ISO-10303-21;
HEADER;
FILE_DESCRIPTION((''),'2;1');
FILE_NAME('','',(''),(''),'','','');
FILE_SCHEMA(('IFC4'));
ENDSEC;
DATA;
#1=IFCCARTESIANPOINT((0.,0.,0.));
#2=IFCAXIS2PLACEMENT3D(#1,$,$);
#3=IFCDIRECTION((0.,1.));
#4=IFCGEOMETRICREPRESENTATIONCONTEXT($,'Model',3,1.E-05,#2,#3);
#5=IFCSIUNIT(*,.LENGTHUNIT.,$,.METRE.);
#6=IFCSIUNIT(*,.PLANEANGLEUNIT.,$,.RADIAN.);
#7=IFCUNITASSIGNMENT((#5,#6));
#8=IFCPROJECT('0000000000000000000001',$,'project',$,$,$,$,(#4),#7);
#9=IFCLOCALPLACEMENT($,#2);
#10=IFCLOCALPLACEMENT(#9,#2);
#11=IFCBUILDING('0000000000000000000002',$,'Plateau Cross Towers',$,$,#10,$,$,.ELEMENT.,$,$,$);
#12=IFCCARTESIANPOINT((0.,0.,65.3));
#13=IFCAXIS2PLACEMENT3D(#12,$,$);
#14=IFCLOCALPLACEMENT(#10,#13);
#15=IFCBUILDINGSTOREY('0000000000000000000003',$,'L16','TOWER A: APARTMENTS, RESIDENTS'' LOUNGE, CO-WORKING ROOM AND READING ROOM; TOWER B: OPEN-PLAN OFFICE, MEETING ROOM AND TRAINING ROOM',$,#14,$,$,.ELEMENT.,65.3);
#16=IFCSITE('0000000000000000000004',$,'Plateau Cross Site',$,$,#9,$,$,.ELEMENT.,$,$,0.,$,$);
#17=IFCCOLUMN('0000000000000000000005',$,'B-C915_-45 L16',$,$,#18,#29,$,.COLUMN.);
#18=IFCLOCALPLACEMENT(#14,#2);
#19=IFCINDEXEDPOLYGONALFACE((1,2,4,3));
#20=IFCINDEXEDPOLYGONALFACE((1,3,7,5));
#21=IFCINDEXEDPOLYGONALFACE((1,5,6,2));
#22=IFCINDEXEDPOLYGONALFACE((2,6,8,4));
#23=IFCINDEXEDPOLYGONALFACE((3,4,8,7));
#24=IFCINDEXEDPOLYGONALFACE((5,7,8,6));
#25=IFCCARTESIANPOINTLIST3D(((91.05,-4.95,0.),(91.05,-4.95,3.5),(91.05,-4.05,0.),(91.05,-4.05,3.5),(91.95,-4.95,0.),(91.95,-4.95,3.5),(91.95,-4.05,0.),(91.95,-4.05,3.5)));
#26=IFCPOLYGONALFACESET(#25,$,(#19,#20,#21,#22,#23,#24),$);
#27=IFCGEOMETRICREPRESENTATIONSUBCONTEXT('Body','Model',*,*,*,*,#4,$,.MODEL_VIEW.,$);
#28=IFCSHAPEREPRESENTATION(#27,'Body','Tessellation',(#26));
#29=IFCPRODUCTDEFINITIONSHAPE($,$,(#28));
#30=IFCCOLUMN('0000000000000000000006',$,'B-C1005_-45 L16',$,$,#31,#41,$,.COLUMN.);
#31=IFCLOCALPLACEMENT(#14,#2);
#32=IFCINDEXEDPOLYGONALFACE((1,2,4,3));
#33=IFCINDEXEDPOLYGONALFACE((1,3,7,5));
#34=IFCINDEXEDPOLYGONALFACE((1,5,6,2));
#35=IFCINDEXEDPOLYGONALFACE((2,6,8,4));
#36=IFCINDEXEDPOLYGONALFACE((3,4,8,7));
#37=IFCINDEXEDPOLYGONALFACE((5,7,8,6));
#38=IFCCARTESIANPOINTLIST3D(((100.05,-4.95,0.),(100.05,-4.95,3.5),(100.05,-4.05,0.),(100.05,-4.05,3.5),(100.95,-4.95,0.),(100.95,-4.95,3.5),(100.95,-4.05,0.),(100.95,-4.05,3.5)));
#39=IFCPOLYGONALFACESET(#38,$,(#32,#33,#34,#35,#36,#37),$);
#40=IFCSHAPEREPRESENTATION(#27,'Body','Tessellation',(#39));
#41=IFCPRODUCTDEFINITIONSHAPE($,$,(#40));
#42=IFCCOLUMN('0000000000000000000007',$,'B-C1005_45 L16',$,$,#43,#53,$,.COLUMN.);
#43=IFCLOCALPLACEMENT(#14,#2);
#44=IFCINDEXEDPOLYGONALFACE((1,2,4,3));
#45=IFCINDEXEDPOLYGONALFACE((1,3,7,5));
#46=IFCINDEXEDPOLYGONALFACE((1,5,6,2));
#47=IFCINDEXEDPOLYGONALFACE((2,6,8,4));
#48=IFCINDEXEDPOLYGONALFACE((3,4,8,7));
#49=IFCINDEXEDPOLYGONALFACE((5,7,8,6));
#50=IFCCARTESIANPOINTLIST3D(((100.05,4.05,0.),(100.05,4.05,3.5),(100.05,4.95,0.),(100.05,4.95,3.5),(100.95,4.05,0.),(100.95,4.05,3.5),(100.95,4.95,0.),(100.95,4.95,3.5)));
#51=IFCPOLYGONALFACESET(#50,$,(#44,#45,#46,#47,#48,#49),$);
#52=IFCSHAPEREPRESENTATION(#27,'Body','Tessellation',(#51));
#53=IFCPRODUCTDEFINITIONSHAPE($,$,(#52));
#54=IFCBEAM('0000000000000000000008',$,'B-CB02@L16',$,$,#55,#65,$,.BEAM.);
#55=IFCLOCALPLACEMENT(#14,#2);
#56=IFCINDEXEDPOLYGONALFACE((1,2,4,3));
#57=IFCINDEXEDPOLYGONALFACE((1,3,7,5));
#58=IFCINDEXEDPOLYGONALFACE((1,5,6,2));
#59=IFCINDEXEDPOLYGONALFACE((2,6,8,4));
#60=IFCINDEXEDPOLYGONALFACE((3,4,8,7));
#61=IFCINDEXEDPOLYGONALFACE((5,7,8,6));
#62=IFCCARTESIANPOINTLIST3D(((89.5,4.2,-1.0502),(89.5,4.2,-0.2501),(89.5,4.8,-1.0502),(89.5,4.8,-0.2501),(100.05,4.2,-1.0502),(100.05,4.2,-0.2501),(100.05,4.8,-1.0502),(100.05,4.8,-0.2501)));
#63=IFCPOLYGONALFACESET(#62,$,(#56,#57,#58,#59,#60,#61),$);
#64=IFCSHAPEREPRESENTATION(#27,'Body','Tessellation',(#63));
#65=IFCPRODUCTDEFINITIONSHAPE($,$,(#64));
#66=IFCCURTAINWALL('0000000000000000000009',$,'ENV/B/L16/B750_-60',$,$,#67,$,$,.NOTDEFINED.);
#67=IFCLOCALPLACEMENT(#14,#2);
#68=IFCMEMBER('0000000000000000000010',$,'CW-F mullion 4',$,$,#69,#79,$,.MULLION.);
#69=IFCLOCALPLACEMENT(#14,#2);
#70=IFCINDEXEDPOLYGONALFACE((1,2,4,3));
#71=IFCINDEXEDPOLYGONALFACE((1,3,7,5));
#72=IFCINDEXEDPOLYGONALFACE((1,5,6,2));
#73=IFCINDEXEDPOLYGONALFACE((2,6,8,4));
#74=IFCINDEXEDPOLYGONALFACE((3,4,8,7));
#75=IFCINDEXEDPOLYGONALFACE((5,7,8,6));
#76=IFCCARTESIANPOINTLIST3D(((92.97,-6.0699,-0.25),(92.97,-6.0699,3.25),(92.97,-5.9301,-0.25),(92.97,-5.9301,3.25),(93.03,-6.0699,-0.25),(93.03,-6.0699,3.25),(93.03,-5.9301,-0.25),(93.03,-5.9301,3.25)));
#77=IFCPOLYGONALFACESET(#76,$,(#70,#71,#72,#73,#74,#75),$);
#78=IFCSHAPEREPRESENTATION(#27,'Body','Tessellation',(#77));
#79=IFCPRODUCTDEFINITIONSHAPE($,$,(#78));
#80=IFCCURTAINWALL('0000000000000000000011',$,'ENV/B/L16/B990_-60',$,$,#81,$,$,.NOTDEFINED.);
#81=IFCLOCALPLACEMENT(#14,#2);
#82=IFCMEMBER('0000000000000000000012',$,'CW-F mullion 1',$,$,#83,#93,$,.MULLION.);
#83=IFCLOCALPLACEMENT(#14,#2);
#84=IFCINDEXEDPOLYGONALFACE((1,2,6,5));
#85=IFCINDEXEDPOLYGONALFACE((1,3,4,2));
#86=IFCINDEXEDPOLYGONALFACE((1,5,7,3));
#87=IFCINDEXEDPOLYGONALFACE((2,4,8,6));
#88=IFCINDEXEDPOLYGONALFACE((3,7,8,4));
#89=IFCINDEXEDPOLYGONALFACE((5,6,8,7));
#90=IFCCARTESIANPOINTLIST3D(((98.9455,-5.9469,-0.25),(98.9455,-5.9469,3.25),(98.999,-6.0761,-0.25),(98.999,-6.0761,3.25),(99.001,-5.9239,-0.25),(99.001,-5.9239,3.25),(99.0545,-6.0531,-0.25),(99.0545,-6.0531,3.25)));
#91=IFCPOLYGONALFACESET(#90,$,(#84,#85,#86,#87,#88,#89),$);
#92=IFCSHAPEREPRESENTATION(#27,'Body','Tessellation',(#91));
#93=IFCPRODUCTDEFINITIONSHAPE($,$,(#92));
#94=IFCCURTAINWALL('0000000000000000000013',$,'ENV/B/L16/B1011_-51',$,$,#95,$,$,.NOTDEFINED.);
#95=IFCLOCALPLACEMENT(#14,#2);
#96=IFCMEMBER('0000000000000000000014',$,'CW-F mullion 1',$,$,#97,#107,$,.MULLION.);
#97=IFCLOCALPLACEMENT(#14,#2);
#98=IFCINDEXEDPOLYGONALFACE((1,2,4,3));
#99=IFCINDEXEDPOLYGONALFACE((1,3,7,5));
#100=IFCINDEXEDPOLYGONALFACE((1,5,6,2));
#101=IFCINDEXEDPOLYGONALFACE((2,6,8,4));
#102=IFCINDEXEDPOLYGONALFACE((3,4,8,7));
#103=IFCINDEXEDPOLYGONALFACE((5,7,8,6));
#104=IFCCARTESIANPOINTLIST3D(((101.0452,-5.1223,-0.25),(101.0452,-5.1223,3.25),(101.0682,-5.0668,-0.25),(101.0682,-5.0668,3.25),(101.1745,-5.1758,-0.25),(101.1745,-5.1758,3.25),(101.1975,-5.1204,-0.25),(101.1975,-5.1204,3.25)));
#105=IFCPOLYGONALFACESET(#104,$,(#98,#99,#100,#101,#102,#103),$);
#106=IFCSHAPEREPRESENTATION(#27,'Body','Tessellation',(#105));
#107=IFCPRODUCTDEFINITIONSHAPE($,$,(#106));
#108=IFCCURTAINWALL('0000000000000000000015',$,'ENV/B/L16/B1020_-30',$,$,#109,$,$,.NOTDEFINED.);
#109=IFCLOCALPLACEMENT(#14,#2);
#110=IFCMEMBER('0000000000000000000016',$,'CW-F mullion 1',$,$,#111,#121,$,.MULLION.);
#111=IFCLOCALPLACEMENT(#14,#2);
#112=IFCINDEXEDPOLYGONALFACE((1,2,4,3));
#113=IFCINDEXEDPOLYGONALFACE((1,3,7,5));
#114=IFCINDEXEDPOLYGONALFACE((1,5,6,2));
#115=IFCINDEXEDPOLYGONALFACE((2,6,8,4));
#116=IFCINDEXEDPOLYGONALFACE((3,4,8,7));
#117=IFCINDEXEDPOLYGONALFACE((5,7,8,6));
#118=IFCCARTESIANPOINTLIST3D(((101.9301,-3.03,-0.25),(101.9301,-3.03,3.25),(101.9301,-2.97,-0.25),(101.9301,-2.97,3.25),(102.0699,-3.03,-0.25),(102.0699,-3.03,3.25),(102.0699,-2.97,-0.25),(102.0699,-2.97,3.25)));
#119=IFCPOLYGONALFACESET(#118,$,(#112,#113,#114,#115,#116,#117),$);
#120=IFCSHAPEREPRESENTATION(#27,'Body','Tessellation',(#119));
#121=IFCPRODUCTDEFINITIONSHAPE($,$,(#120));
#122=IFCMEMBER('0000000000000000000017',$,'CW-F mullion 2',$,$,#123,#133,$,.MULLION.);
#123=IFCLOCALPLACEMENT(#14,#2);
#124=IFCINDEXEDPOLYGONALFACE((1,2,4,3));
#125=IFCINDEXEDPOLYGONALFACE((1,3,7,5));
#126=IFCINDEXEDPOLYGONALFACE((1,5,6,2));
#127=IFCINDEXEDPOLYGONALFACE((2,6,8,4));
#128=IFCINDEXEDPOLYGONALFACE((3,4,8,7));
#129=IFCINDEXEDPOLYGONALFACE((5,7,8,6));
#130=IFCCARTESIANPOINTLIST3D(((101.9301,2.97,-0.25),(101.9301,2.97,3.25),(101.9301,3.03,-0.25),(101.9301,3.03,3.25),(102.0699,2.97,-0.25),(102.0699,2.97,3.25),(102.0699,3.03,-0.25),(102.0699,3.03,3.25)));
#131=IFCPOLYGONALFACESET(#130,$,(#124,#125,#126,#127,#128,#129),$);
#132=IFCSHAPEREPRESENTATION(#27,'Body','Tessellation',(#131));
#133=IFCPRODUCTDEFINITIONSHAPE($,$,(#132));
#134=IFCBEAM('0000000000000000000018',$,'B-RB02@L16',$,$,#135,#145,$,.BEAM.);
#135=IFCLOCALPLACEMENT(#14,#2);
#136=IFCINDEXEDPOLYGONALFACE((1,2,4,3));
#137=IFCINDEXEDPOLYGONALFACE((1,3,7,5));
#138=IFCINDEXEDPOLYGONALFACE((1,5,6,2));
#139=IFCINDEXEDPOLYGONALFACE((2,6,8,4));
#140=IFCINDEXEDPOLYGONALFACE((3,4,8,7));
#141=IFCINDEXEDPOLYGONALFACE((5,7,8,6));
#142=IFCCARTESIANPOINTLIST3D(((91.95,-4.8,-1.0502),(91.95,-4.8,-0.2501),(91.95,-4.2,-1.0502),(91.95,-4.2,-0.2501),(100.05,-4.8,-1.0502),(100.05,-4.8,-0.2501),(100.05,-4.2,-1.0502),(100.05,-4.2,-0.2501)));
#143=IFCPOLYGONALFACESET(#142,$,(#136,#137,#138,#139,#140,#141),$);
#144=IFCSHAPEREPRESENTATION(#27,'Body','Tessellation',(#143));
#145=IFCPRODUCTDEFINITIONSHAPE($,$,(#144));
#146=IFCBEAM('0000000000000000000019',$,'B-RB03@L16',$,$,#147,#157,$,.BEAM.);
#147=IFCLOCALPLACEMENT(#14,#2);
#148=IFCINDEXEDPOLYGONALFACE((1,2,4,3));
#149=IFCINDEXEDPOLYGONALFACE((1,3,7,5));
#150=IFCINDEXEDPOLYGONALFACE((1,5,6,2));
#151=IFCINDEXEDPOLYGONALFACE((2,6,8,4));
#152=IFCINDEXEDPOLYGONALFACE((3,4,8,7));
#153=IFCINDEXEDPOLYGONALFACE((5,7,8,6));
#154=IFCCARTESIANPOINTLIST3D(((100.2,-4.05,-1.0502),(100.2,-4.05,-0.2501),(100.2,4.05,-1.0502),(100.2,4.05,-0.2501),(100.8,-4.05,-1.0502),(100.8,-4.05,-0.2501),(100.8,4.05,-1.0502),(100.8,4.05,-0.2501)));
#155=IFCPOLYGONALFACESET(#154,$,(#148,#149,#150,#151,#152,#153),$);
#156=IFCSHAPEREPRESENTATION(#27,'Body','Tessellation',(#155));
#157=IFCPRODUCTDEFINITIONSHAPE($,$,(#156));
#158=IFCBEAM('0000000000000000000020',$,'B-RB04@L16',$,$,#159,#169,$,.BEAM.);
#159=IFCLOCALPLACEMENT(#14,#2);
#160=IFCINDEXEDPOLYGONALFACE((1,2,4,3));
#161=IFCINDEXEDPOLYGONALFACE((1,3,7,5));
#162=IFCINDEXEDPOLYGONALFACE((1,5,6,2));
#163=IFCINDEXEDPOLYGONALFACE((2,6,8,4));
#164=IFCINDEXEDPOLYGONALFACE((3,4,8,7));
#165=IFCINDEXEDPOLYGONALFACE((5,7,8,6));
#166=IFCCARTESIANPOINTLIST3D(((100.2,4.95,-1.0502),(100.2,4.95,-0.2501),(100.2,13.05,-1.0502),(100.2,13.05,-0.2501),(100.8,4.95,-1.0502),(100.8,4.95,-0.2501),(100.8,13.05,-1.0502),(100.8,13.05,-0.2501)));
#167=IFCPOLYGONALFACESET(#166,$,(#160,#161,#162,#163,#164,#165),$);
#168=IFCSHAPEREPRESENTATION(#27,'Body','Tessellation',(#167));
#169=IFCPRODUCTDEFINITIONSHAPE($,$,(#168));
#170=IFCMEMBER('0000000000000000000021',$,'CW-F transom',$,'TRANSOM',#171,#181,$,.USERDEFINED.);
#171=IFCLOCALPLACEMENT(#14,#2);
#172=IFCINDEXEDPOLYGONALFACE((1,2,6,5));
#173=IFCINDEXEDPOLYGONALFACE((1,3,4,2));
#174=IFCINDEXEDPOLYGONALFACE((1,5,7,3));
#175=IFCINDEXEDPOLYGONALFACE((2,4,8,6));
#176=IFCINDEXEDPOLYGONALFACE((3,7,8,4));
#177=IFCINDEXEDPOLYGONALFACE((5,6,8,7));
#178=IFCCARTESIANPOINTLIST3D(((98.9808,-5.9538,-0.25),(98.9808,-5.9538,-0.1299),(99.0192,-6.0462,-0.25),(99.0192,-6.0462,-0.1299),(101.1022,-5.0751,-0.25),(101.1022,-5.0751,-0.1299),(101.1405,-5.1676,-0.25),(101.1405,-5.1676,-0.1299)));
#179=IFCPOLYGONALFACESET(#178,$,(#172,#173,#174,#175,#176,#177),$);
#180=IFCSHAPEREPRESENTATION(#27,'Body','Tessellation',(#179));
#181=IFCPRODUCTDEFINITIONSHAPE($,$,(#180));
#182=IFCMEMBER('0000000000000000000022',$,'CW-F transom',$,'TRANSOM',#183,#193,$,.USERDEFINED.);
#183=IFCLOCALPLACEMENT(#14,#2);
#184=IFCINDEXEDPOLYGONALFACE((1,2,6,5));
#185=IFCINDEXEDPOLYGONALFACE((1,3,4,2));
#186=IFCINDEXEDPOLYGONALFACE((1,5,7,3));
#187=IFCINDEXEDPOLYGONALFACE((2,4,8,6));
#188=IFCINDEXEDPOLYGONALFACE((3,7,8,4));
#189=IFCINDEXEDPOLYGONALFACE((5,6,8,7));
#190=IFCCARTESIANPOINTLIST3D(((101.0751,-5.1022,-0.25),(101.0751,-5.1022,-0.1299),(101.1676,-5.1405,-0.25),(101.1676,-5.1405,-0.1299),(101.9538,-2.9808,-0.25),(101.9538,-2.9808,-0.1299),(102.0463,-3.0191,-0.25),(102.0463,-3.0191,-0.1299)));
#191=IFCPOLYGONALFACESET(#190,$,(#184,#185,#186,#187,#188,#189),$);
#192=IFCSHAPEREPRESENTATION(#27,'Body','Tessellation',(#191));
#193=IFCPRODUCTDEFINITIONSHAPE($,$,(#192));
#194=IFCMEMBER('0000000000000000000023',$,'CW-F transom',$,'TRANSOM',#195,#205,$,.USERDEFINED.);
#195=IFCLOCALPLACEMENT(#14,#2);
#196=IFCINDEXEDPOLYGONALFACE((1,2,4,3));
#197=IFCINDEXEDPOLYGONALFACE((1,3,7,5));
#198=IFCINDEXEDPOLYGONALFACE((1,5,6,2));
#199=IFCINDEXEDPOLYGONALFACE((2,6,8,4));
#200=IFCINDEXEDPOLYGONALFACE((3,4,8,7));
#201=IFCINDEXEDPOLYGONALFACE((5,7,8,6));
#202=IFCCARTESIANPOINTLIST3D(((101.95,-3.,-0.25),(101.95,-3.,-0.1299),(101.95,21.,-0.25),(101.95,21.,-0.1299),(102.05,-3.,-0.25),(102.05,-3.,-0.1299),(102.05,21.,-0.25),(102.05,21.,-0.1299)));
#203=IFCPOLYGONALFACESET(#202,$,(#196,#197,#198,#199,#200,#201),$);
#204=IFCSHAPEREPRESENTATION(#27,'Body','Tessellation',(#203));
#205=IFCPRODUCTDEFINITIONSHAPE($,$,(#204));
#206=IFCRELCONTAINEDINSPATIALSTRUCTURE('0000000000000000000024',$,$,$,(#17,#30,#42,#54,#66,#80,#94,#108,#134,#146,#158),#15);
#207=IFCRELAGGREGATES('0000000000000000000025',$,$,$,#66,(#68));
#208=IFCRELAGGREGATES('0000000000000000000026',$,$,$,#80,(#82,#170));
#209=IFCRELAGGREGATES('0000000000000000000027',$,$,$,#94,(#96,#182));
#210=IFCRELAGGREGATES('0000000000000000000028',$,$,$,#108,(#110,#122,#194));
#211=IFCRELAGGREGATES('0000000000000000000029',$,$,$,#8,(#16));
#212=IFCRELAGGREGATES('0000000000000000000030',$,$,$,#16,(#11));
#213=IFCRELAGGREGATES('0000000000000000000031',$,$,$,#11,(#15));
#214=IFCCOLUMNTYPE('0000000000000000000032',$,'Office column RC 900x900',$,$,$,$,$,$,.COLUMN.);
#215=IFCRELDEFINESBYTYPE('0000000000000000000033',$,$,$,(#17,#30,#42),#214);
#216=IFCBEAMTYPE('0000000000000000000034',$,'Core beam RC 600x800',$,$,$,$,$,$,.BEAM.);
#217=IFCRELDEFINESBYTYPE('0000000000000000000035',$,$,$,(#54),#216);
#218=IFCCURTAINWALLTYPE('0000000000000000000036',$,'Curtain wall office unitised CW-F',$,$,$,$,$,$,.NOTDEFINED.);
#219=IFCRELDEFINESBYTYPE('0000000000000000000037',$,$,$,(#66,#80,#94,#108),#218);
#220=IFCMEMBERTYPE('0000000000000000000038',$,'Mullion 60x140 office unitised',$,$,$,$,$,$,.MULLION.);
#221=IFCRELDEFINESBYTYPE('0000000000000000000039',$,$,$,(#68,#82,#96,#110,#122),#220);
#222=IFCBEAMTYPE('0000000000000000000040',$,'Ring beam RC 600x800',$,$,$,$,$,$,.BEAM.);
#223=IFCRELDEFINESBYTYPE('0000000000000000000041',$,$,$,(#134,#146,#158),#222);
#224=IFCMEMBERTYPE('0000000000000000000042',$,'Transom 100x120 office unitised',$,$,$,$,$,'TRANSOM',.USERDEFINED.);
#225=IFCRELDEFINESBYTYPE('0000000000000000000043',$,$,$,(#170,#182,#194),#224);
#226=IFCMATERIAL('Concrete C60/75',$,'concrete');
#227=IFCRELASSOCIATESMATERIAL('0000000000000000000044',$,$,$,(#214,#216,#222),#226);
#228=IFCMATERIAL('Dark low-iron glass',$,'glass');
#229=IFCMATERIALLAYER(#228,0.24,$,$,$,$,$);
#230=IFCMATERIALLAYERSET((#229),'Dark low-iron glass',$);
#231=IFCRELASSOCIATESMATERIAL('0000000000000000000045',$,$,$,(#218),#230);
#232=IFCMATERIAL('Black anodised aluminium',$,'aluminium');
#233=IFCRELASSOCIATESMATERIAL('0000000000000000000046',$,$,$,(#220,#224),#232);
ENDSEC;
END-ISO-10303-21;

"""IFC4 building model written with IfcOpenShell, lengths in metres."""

from ifc_helpers import new_model, si_unit, direction, frame, origin, origin_2d, place, context, subcontext, project, spatial, rectangle, extrude, material, layer, layer_set, material_profile, profile_set, type_object, element, aggregate, save


model = new_model("IFC4")

# Units and contexts
model_context = context("Model", 3, precision=1e-05, world=origin(), true_north=direction((0.0, 1.0)))
body_context = subcontext(model_context, "Body", "Model", "MODEL_VIEW")
ifc_project = project(units=[si_unit("LENGTHUNIT", "METRE"), si_unit("PLANEANGLEUNIT", "RADIAN")], contexts=[model_context])

# Site, building, storey
site_placement = place(None, origin())
site = spatial("IfcSite", under=ifc_project, at=site_placement, Name="Plateau Cross Site", CompositionType="ELEMENT", RefElevation=0.0)
building_placement = place(site_placement, origin())
building = spatial("IfcBuilding", under=site, at=building_placement, Name="Plateau Cross Towers", CompositionType="ELEMENT")
storey_placement = place(building_placement, frame((0.0, 0.0, 65.3)))
storey = spatial("IfcBuildingStorey", under=building, at=storey_placement, Name="L16", Description="TOWER A: APARTMENTS, RESIDENTS' LOUNGE, CO-WORKING ROOM AND READING ROOM; TOWER B: OPEN-PLAN OFFICE, MEETING ROOM AND TRAINING ROOM", CompositionType="ELEMENT", Elevation=65.3)

# Columns
ifc_material_1 = material(Name="Concrete C60/75", Category="concrete")
ifc_material_profile_1 = material_profile(ifc_material_1, rectangle(XDim=0.8999, YDim=0.8999, at=origin_2d()), Name="RC 900x900")
ifc_profile_set_1 = profile_set([ifc_material_profile_1], Name="Concrete C60/75")
column_type = type_object("IfcColumnType", Name="Office column RC 900x900", PredefinedType="COLUMN", material=ifc_profile_set_1)
for number, where, z_axis, x_axis, name in (
    (1, (91.5, -4.5, 0.0), (0.0, 0.0, 1.0), (1.0, 0.0, 0.0), "B-C915_-45 L16"),
    (2, (100.5, -4.5, 0.0), (0.0, 0.0, 1.0), (1.0, 0.0, 0.0), "B-C1005_-45 L16"),
    (3, (100.5, 4.5, 0.0), (0.0, 0.0, 1.0), (1.0, 0.0, 0.0), "B-C1005_45 L16"),
):
    element("IfcColumn", number, at=place(storey_placement, frame(where, z_axis=z_axis, x_axis=x_axis)), inside=storey, type_object=column_type, Name=name, PredefinedType="COLUMN", context=body_context, shape_type="SweptSolid", body=[
        extrude(rectangle(XDim=0.8999, YDim=0.8999, at=origin_2d()), origin(), (0.0, 0.0, 1.0), 3.5),
    ])

# Beam
ifc_material_profile_2 = material_profile(ifc_material_1, rectangle(XDim=0.6001, YDim=0.8, at=origin_2d()), Name="RC 600x800")
ifc_profile_set_2 = profile_set([ifc_material_profile_2], Name="Concrete C60/75")
beam_type_1 = type_object("IfcBeamType", Name="Core beam RC 600x800", PredefinedType="BEAM", material=ifc_profile_set_2)
beam_placement = place(storey_placement, frame((89.5, 4.5, -0.6501), z_axis=(1.0, 0.0, 0.0), x_axis=(0.0, 1.0, 0.0)))
element("IfcBeam", 4, at=beam_placement, inside=storey, type_object=beam_type_1, Name="B-CB02@L16", PredefinedType="BEAM", context=body_context, shape_type="SweptSolid", body=[
    extrude(rectangle(XDim=0.6001, YDim=0.8, at=origin_2d()), origin(), (0.0, 0.0, 1.0), 10.55),
])

# Curtain walls, members
ifc_material_2 = material(Name="Dark low-iron glass", Category="glass")
ifc_layer_1 = layer(ifc_material_2, 0.24)
ifc_layer_set_1 = layer_set([ifc_layer_1], Name="Dark low-iron glass")
curtain_wall_type = type_object("IfcCurtainWallType", Name="Curtain wall office unitised CW-F", PredefinedType="NOTDEFINED", material=ifc_layer_set_1)
curtain_wall_1_placement = place(storey_placement, origin())
curtain_wall_1 = element("IfcCurtainWall", 5, at=curtain_wall_1_placement, inside=storey, type_object=curtain_wall_type, Name="ENV/B/L16/B750_-60", PredefinedType="NOTDEFINED")
ifc_material_3 = material(Name="Black anodised aluminium", Category="aluminium")
ifc_material_profile_3 = material_profile(ifc_material_3, rectangle(XDim=0.0601, YDim=0.1399, at=origin_2d()), Name="MULLION 60x140")
ifc_profile_set_3 = profile_set([ifc_material_profile_3], Name="Black anodised aluminium")
member_type_1 = type_object("IfcMemberType", Name="Mullion 60x140 office unitised", PredefinedType="MULLION", material=ifc_profile_set_3)
member_1_placement = place(storey_placement, frame((93.0, -6.0, -0.25), z_axis=(0.0, 0.0, 1.0), x_axis=(1.0, 0.0, 0.0)))
member_1 = element("IfcMember", 6, at=member_1_placement, type_object=member_type_1, Name="CW-F mullion 4", PredefinedType="MULLION", context=body_context, shape_type="SweptSolid", body=[
    extrude(rectangle(XDim=0.0601, YDim=0.1399, at=origin_2d()), origin(), (0.0, 0.0, 1.0), 3.5),
])
curtain_wall_2_placement = place(storey_placement, origin())
curtain_wall_2 = element("IfcCurtainWall", 7, at=curtain_wall_2_placement, inside=storey, type_object=curtain_wall_type, Name="ENV/B/L16/B990_-60", PredefinedType="NOTDEFINED")
member_2_placement = place(storey_placement, frame((99.0, -6.0, -0.25), z_axis=(0.0, 0.0, 1.0), x_axis=(0.923879, 0.382684, 0.0)))
member_2 = element("IfcMember", 8, at=member_2_placement, type_object=member_type_1, Name="CW-F mullion 1", PredefinedType="MULLION", context=body_context, shape_type="SweptSolid", body=[
    extrude(rectangle(XDim=0.0601, YDim=0.1399, at=origin_2d()), origin(), (0.0, 0.0, 1.0), 3.5),
])
curtain_wall_3_placement = place(storey_placement, origin())
curtain_wall_3 = element("IfcCurtainWall", 9, at=curtain_wall_3_placement, inside=storey, type_object=curtain_wall_type, Name="ENV/B/L16/B1011_-51", PredefinedType="NOTDEFINED")
member_3_placement = place(storey_placement, frame((101.1213, -5.1213, -0.25), z_axis=(0.0, 0.0, 1.0), x_axis=(0.382684, 0.923879, 0.0)))
member_3 = element("IfcMember", 10, at=member_3_placement, type_object=member_type_1, Name="CW-F mullion 1", PredefinedType="MULLION", context=body_context, shape_type="SweptSolid", body=[
    extrude(rectangle(XDim=0.0601, YDim=0.1399, at=origin_2d()), origin(), (0.0, 0.0, 1.0), 3.5),
])

# Curtain wall, members
curtain_wall_4_placement = place(storey_placement, origin())
curtain_wall_4 = element("IfcCurtainWall", 11, at=curtain_wall_4_placement, inside=storey, type_object=curtain_wall_type, Name="ENV/B/L16/B1020_-30", PredefinedType="NOTDEFINED")
member_4_placement = place(storey_placement, frame((102.0, -3.0, -0.25), z_axis=(0.0, 0.0, 1.0), x_axis=(0.0, 1.0, 0.0)))
member_4 = element("IfcMember", 12, at=member_4_placement, type_object=member_type_1, Name="CW-F mullion 1", PredefinedType="MULLION", context=body_context, shape_type="SweptSolid", body=[
    extrude(rectangle(XDim=0.0601, YDim=0.1399, at=origin_2d()), origin(), (0.0, 0.0, 1.0), 3.5),
])
member_5_placement = place(storey_placement, frame((102.0, 3.0, -0.25), z_axis=(0.0, 0.0, 1.0), x_axis=(0.0, 1.0, 0.0)))
member_5 = element("IfcMember", 13, at=member_5_placement, type_object=member_type_1, Name="CW-F mullion 2", PredefinedType="MULLION", context=body_context, shape_type="SweptSolid", body=[
    extrude(rectangle(XDim=0.0601, YDim=0.1399, at=origin_2d()), origin(), (0.0, 0.0, 1.0), 3.5),
])

# Beams
ifc_material_profile_4 = material_profile(ifc_material_1, rectangle(XDim=0.6001, YDim=0.8, at=origin_2d()), Name="RC 600x800")
ifc_profile_set_4 = profile_set([ifc_material_profile_4], Name="Concrete C60/75")
beam_type_2 = type_object("IfcBeamType", Name="Ring beam RC 600x800", PredefinedType="BEAM", material=ifc_profile_set_4)
for number, where, z_axis, x_axis, name in (
    (14, (91.95, -4.5, -0.6501), (1.0, 0.0, 0.0), (0.0, 1.0, 0.0), "B-RB02@L16"),
    (15, (100.5, -4.05, -0.6501), (0.0, 1.0, 0.0), (-1.0, 0.0, 0.0), "B-RB03@L16"),
    (16, (100.5, 4.95, -0.6501), (0.0, 1.0, 0.0), (-1.0, 0.0, 0.0), "B-RB04@L16"),
):
    element("IfcBeam", number, at=place(storey_placement, frame(where, z_axis=z_axis, x_axis=x_axis)), inside=storey, type_object=beam_type_2, Name=name, PredefinedType="BEAM", context=body_context, shape_type="SweptSolid", body=[
        extrude(rectangle(XDim=0.6001, YDim=0.8, at=origin_2d()), origin(), (0.0, 0.0, 1.0), 8.1001),
    ])

# Members
ifc_material_profile_5 = material_profile(ifc_material_3, rectangle(XDim=0.1001, YDim=0.1201, at=origin_2d()), Name="TRANSOM 100x120")
ifc_profile_set_5 = profile_set([ifc_material_profile_5], Name="Black anodised aluminium")
member_type_2 = type_object("IfcMemberType", Name="Transom 100x120 office unitised", ElementType="TRANSOM", PredefinedType="USERDEFINED", material=ifc_profile_set_5)
member_6_placement = place(storey_placement, frame((99.0, -6.0, -0.1899), z_axis=(0.923883, 0.382674, 0.0), x_axis=(-0.382674, 0.923883, 0.0)))
member_6 = element("IfcMember", 17, at=member_6_placement, type_object=member_type_2, Name="CW-F transom", ObjectType="TRANSOM", PredefinedType="USERDEFINED", context=body_context, shape_type="SweptSolid", body=[
    extrude(rectangle(XDim=0.1001, YDim=0.1201, at=origin_2d()), origin(), (0.0, 0.0, 1.0), 2.2961),
])
member_7_placement = place(storey_placement, frame((101.1213, -5.1213, -0.1899), z_axis=(0.382674, 0.923883, 0.0), x_axis=(-0.923883, 0.382674, 0.0)))
member_7 = element("IfcMember", 18, at=member_7_placement, type_object=member_type_2, Name="CW-F transom", ObjectType="TRANSOM", PredefinedType="USERDEFINED", context=body_context, shape_type="SweptSolid", body=[
    extrude(rectangle(XDim=0.1001, YDim=0.1201, at=origin_2d()), origin(), (0.0, 0.0, 1.0), 2.2961),
])
member_8_placement = place(storey_placement, frame((102.0, -3.0, -0.1899), z_axis=(0.0, 1.0, 0.0), x_axis=(-1.0, 0.0, 0.0)))
member_8 = element("IfcMember", 19, at=member_8_placement, type_object=member_type_2, Name="CW-F transom", ObjectType="TRANSOM", PredefinedType="USERDEFINED", context=body_context, shape_type="SweptSolid", body=[
    extrude(rectangle(XDim=0.1001, YDim=0.1201, at=origin_2d()), origin(), (0.0, 0.0, 1.0), 24.0),
])

aggregate(curtain_wall_1, [member_1])
aggregate(curtain_wall_2, [member_2, member_6])
aggregate(curtain_wall_3, [member_3, member_7])
aggregate(curtain_wall_4, [member_4, member_5, member_8])

save(model, "model.ifc")
